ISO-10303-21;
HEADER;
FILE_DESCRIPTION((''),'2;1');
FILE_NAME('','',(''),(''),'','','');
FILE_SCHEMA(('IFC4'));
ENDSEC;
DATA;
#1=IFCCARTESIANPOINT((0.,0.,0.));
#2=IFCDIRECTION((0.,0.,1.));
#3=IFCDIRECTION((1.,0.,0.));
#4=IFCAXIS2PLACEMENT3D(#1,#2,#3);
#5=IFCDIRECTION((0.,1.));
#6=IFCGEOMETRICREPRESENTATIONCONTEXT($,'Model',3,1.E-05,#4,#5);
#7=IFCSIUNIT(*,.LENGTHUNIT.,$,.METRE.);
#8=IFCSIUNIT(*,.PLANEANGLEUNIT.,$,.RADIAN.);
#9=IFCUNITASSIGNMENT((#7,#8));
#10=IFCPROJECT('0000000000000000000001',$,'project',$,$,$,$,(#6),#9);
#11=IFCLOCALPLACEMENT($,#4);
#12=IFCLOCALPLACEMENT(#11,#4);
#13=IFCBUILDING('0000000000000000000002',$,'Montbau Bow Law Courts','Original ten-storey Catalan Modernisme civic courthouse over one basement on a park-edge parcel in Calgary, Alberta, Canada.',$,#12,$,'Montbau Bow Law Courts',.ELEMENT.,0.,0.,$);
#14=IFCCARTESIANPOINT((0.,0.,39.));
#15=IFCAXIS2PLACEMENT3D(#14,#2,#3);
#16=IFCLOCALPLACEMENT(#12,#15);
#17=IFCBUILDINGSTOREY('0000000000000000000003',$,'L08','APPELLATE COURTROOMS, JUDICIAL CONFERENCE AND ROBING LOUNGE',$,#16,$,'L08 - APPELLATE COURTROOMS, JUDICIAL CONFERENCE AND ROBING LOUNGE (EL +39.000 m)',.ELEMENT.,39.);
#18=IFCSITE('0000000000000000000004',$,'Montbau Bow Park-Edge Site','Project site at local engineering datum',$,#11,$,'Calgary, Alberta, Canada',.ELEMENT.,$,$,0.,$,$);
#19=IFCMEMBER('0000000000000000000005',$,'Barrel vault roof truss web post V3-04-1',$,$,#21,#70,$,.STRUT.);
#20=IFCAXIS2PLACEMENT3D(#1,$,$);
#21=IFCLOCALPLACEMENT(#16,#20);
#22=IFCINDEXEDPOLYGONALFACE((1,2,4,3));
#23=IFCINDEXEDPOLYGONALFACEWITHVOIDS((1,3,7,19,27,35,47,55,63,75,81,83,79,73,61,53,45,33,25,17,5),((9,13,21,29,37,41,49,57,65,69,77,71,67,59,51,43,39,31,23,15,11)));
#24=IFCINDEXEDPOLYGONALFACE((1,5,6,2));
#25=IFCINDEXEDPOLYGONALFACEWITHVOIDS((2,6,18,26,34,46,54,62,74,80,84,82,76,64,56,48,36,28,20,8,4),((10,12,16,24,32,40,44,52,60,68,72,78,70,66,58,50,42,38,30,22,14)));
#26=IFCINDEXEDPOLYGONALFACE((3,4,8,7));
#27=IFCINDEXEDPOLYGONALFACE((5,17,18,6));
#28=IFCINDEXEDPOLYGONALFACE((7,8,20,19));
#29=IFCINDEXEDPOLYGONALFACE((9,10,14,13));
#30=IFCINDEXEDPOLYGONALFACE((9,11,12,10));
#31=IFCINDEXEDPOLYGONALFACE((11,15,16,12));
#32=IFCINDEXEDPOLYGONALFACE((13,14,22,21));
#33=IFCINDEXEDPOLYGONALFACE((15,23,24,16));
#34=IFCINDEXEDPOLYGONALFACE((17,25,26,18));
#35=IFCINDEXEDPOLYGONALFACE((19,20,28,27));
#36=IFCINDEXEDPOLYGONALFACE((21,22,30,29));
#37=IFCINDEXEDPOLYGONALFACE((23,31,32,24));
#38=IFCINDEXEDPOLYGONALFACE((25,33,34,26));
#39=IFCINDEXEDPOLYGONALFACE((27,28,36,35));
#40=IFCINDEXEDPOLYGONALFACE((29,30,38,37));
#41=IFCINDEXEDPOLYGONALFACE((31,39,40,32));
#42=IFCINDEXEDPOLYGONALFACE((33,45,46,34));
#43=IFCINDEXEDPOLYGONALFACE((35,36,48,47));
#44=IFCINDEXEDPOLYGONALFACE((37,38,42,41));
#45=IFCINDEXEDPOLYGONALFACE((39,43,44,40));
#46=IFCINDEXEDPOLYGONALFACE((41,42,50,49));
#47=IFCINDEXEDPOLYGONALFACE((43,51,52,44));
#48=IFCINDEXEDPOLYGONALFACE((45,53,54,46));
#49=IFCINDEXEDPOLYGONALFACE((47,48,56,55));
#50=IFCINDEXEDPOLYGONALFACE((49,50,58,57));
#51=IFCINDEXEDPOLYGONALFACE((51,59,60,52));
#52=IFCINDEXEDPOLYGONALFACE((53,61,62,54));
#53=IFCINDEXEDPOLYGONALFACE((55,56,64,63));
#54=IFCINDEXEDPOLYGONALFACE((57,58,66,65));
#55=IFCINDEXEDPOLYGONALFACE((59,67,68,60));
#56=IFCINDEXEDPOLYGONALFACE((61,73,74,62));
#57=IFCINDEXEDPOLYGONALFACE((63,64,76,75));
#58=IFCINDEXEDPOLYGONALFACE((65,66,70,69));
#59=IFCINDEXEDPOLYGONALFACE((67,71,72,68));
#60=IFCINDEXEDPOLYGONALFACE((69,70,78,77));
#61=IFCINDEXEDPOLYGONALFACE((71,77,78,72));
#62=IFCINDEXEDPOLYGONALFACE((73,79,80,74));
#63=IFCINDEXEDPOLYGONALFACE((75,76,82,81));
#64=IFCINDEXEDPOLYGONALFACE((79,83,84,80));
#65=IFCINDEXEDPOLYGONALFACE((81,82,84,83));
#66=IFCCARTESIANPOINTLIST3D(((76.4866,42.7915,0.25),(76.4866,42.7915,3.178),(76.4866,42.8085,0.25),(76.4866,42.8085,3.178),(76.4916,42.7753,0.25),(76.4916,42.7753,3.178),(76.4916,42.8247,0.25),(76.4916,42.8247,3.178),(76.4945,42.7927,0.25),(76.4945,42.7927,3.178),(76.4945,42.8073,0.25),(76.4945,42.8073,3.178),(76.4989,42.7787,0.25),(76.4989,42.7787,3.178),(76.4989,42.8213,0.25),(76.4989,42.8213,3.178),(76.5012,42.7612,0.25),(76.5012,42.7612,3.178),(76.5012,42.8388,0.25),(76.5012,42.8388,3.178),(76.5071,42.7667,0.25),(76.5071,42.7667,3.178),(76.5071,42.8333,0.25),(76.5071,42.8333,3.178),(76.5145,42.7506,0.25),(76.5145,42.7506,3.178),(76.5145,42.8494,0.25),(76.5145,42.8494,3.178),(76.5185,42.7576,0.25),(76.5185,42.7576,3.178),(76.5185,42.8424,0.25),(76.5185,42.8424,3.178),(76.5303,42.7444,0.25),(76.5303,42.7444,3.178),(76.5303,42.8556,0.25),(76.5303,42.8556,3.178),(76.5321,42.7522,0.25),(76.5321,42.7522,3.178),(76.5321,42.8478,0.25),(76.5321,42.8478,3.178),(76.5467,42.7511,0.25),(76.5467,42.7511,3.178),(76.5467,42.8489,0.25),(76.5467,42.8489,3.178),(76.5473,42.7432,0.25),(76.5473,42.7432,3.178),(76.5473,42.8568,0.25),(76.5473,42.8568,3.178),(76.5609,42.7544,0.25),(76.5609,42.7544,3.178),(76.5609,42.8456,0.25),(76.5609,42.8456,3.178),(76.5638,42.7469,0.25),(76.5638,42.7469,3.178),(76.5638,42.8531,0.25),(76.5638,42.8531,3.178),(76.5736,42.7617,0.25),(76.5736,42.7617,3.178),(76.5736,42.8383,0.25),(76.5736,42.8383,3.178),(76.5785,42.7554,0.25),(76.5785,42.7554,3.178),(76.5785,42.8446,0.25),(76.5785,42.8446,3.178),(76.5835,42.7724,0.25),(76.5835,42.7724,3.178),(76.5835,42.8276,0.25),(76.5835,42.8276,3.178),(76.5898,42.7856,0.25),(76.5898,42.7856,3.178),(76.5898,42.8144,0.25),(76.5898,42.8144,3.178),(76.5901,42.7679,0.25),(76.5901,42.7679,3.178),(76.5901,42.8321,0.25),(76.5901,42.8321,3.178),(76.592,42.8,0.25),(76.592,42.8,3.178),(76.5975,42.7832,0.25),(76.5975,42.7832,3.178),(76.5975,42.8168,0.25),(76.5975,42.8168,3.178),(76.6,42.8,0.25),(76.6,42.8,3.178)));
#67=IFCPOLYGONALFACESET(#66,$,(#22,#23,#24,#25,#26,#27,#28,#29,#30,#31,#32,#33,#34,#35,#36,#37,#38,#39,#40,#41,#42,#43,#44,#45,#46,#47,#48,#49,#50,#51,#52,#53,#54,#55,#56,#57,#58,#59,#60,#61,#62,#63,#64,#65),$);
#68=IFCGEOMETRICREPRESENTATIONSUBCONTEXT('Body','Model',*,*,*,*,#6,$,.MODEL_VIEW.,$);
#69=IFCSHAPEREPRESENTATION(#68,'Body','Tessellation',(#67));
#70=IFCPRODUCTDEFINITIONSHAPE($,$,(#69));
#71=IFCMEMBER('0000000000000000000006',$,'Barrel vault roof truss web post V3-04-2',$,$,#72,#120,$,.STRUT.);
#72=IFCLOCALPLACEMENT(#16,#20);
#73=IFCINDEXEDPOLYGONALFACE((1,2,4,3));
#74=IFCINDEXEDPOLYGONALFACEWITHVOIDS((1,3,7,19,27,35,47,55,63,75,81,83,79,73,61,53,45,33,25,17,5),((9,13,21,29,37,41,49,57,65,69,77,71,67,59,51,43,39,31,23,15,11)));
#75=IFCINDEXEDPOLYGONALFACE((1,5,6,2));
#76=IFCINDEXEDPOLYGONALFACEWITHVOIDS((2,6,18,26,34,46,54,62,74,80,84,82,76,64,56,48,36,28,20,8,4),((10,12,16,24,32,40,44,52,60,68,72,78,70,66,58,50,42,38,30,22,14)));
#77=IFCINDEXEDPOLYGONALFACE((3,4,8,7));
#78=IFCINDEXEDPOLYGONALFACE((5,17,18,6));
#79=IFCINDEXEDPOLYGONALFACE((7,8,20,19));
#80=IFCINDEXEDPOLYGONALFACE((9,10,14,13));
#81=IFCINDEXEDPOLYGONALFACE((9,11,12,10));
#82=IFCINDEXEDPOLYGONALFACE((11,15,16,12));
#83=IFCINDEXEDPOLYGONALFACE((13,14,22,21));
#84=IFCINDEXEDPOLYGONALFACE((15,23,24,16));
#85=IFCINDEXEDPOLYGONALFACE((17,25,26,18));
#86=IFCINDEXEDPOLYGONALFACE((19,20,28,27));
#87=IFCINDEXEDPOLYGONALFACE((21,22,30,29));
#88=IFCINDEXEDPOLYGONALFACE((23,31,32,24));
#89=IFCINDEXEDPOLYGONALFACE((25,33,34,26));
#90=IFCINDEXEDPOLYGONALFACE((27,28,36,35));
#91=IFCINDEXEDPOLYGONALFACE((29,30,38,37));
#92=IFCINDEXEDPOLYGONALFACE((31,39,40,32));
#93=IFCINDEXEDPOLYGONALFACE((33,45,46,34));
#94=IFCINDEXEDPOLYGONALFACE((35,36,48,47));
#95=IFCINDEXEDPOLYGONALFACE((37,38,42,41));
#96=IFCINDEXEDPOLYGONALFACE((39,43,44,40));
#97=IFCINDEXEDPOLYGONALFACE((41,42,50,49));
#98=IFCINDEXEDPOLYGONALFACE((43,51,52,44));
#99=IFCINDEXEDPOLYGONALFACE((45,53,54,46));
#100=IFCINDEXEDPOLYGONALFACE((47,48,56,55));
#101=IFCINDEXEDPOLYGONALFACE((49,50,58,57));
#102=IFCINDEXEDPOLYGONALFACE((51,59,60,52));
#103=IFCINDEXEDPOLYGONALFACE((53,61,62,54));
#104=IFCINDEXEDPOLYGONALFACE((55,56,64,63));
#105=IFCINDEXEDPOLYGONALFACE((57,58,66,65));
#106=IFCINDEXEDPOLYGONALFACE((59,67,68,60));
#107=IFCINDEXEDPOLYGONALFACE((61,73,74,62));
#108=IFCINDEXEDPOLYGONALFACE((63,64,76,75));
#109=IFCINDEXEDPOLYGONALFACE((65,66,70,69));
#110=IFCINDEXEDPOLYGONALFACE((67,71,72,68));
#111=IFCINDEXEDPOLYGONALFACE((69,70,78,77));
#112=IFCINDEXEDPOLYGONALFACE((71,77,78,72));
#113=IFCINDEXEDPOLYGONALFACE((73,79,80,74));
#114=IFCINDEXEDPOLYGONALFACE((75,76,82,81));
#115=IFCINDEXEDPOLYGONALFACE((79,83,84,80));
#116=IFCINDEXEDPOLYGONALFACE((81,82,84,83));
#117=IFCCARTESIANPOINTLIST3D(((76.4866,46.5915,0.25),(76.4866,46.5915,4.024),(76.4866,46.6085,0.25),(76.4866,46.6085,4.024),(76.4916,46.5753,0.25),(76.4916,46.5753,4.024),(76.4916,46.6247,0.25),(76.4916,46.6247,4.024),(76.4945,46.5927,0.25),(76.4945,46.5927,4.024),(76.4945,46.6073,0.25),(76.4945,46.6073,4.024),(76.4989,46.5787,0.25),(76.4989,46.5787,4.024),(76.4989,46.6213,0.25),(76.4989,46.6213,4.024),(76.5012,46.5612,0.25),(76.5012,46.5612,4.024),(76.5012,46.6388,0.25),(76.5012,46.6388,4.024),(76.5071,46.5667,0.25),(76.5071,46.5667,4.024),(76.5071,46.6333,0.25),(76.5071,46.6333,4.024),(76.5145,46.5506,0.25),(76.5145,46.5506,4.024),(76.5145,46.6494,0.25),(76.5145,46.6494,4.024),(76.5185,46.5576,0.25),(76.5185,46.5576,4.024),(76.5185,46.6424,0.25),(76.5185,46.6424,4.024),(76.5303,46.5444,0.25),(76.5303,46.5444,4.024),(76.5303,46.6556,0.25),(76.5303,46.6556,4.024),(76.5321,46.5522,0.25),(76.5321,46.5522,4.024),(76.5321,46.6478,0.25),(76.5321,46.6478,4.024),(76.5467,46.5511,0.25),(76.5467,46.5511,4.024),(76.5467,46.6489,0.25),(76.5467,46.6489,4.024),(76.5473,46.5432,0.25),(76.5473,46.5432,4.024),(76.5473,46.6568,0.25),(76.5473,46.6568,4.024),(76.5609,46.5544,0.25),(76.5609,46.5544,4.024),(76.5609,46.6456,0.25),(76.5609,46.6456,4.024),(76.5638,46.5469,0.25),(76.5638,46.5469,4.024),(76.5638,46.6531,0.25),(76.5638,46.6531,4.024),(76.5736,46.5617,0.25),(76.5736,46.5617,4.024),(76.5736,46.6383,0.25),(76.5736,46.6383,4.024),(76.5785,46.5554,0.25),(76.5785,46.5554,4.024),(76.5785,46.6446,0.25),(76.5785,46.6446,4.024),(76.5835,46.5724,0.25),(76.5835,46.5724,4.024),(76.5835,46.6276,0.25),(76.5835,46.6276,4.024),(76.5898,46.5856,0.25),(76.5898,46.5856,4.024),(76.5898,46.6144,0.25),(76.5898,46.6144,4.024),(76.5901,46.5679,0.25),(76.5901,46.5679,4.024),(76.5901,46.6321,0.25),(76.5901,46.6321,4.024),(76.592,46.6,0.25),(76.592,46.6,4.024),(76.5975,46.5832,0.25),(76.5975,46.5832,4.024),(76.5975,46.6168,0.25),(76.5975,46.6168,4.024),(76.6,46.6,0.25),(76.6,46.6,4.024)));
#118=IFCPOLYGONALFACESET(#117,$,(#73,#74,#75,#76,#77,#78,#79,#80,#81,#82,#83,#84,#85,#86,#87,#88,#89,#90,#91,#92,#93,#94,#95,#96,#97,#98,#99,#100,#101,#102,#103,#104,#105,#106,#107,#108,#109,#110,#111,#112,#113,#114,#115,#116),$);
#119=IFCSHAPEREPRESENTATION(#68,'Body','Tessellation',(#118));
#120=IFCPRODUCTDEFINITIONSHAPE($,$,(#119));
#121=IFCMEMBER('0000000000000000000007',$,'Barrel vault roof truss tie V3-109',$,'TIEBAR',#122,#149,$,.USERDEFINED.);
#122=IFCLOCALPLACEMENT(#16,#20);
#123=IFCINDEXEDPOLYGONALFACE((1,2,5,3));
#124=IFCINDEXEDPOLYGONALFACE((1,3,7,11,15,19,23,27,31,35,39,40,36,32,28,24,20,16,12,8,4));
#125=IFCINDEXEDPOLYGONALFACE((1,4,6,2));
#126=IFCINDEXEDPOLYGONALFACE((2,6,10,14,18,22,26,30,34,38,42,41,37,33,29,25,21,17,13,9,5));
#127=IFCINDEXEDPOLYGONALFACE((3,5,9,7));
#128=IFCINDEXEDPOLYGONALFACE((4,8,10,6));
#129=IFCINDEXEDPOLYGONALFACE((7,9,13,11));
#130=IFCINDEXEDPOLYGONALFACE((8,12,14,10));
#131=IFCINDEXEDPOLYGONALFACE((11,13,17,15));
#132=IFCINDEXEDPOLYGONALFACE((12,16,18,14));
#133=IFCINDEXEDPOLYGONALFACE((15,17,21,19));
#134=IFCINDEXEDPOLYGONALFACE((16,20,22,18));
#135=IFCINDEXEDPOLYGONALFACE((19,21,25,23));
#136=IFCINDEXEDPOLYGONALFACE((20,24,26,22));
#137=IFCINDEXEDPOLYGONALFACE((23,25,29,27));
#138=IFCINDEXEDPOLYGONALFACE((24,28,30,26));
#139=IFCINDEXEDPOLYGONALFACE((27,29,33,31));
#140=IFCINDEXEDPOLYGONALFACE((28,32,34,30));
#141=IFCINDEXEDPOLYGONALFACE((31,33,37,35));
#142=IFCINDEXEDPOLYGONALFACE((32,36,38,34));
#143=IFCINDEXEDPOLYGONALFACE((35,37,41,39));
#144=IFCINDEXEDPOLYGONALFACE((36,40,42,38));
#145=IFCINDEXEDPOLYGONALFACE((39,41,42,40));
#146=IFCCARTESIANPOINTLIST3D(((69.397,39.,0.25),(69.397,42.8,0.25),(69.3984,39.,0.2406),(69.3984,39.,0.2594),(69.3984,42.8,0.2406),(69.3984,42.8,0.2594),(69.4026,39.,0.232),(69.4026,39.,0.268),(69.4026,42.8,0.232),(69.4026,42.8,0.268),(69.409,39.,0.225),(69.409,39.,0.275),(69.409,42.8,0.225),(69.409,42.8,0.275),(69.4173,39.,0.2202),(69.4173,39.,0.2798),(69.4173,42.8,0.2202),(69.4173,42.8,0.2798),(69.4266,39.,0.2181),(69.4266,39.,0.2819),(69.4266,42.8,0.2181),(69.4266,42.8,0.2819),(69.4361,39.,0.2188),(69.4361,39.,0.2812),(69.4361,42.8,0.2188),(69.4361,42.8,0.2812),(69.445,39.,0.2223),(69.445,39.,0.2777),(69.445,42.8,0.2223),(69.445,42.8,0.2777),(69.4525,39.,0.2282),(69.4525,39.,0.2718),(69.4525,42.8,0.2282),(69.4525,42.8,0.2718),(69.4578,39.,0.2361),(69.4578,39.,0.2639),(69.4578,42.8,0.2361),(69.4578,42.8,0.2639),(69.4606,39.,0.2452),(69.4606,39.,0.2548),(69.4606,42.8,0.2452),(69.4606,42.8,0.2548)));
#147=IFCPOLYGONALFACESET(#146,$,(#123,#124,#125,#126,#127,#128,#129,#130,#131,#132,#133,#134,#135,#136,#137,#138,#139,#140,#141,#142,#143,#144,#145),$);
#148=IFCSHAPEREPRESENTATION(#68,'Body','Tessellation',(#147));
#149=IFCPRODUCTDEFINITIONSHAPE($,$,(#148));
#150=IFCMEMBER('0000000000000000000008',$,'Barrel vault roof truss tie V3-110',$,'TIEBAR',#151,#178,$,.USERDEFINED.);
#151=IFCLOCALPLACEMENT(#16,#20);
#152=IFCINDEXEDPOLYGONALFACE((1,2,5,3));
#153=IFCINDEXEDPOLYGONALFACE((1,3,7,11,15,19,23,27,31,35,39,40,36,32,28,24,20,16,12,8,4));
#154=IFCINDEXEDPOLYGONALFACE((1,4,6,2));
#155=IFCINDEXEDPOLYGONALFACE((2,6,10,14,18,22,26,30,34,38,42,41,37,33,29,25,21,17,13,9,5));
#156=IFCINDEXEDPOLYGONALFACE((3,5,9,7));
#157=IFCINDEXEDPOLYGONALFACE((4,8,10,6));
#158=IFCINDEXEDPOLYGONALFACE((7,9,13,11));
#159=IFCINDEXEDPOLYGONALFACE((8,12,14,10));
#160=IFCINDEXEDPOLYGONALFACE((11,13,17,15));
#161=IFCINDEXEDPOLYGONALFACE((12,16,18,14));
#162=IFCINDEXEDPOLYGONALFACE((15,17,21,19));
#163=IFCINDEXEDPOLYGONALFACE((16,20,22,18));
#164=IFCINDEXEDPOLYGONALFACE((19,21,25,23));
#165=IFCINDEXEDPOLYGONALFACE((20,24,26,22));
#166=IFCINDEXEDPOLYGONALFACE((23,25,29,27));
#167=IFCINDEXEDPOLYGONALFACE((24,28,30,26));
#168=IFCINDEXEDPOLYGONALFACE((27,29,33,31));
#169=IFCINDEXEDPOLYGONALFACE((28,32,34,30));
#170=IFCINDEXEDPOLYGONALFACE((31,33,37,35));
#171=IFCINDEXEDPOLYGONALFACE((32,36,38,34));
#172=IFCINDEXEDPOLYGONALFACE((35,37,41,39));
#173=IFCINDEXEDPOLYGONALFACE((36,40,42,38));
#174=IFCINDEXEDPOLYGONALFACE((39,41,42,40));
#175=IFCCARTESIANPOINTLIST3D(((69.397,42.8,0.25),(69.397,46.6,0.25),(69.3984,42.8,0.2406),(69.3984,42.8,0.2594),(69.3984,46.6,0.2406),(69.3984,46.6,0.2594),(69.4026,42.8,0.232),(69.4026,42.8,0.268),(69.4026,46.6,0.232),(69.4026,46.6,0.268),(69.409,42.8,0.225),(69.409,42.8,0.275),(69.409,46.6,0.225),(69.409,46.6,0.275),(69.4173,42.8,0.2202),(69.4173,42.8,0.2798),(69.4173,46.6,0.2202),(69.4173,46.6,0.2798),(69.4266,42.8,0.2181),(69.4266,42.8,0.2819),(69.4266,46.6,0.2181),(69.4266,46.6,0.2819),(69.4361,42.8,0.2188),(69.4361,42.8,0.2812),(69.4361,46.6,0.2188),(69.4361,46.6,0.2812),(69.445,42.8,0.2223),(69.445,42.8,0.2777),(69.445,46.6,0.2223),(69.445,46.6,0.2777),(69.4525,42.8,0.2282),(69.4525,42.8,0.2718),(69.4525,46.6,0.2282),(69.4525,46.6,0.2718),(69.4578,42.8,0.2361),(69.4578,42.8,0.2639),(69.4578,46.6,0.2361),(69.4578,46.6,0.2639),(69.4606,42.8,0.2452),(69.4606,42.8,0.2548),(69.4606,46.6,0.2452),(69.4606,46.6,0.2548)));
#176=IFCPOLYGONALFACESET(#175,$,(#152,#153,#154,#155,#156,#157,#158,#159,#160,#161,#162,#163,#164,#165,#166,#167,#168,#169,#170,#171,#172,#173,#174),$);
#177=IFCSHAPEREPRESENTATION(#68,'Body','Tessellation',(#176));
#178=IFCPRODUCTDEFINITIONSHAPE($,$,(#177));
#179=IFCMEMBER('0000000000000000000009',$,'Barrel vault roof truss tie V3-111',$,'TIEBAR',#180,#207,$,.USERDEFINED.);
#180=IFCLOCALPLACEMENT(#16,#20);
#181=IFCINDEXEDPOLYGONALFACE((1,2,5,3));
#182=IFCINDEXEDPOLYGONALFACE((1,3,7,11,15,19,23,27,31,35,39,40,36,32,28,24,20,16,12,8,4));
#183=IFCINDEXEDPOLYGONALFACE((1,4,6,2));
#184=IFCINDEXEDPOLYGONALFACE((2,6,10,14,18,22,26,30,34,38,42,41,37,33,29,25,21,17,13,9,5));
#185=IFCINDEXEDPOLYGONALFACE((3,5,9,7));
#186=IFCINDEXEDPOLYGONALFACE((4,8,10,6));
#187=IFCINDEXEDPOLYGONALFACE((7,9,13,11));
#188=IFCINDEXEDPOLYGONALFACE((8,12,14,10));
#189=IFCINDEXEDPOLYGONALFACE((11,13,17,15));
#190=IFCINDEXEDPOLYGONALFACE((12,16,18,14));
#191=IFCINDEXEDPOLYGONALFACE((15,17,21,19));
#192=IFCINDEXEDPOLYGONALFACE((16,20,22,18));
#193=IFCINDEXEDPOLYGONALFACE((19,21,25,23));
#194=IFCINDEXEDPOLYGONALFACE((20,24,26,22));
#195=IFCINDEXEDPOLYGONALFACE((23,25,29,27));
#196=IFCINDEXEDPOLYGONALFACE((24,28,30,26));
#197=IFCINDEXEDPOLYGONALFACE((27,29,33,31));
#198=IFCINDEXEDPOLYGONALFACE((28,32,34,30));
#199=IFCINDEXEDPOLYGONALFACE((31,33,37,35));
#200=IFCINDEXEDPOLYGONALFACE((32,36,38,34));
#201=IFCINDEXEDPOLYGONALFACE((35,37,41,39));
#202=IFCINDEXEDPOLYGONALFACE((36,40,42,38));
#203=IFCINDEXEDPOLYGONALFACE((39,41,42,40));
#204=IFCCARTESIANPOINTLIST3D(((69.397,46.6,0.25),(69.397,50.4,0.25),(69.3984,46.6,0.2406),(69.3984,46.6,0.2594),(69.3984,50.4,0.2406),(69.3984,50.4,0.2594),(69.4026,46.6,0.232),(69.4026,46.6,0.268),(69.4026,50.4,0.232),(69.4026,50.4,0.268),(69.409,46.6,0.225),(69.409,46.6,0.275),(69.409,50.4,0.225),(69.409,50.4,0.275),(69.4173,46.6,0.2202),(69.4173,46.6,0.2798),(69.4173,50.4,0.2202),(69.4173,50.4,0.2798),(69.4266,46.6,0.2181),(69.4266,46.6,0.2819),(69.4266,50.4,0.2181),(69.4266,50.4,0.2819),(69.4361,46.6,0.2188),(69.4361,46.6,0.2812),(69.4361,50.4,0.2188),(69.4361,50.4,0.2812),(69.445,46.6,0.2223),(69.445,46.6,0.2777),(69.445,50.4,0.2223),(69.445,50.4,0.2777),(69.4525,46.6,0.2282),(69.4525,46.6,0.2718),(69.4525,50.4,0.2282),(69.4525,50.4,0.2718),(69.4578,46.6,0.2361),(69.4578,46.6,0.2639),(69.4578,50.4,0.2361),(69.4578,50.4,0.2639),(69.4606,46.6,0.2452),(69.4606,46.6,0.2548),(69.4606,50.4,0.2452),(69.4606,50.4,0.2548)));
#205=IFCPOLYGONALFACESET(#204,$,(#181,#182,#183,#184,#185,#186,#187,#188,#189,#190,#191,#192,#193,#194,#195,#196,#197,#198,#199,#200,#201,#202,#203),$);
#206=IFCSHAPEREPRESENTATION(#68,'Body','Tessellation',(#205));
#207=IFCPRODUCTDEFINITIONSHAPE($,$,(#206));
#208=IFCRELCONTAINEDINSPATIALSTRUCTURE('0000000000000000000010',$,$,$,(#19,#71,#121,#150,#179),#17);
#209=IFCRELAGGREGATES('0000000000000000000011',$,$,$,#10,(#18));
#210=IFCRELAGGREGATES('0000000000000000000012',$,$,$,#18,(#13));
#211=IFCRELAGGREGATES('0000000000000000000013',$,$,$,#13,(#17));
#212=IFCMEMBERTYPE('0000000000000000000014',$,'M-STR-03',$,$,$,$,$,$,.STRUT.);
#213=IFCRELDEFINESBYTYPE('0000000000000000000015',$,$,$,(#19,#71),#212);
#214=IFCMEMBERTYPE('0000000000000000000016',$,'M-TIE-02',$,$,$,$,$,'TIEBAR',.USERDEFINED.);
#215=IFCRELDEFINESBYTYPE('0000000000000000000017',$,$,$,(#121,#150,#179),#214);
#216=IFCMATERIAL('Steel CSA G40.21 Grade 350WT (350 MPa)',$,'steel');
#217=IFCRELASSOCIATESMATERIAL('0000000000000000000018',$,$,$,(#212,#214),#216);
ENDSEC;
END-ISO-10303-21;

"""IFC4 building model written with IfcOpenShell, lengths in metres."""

from ifc_helpers import new_model, si_unit, direction, frame, origin_with_axes, origin_2d_with_axis, place, context, subcontext, project, spatial, circle, hollow_circle, extrude, material, material_profile, profile_set, type_object, element, save


model = new_model("IFC4")

# Units and contexts
model_context = context("Model", 3, precision=1e-05, world=origin_with_axes(), true_north=direction((0.0, 1.0)))
body_context = subcontext(model_context, "Body", "Model", "MODEL_VIEW")
ifc_project = project(units=[si_unit("LENGTHUNIT", "METRE"), si_unit("PLANEANGLEUNIT", "RADIAN")], contexts=[model_context])

# Site, building, storey
site_placement = place(None, origin_with_axes())
site = spatial("IfcSite", under=ifc_project, at=site_placement, Name="Montbau Bow Park-Edge Site", Description="Project site at local engineering datum", LongName="Calgary, Alberta, Canada", CompositionType="ELEMENT", RefElevation=0.0)
building_placement = place(site_placement, origin_with_axes())
building = spatial("IfcBuilding", under=site, at=building_placement, Name="Montbau Bow Law Courts", Description="Original ten-storey Catalan Modernisme civic courthouse over one basement on a park-edge parcel in Calgary, Alberta, Canada.", LongName="Montbau Bow Law Courts", CompositionType="ELEMENT", ElevationOfRefHeight=0.0, ElevationOfTerrain=0.0)
storey_placement = place(building_placement, frame((0.0, 0.0, 39.0), z_axis=(0.0, 0.0, 1.0), x_axis=(1.0, 0.0, 0.0)))
storey = spatial("IfcBuildingStorey", under=building, at=storey_placement, Name="L08", Description="APPELLATE COURTROOMS, JUDICIAL CONFERENCE AND ROBING LOUNGE", LongName="L08 - APPELLATE COURTROOMS, JUDICIAL CONFERENCE AND ROBING LOUNGE (EL +39.000 m)", CompositionType="ELEMENT", Elevation=39.0)

# Shared definitions
ifc_material_1 = material(Name="Steel CSA G40.21 Grade 350WT (350 MPa)", Category="steel")

# Members
ifc_material_profile_1 = material_profile(ifc_material_1, hollow_circle(Radius=0.057, WallThickness=0.008, at=origin_2d_with_axis()), Name="HSS114X8.0", Category="Main", Priority=0)
ifc_profile_set_1 = profile_set([ifc_material_profile_1], Name="Steel CSA G40.21 Grade 350WT (350 MPa)")
member_type_1 = type_object("IfcMemberType", Name="M-STR-03", PredefinedType="STRUT", material=ifc_profile_set_1)
member_1_placement = place(None, frame((76.543, 42.8, 39.25), z_axis=(0.0, 0.0, 1.0), x_axis=(1.0, 0.0, 0.0)))
element("IfcMember", 1, at=member_1_placement, inside=storey, type_object=member_type_1, Name="Barrel vault roof truss web post V3-04-1", PredefinedType="STRUT", context=body_context, shape_type="SweptSolid", body=[
    extrude(hollow_circle(Radius=0.057, WallThickness=0.008, at=origin_2d_with_axis()), origin_with_axes(), (0.0, 0.0, 1.0), 2.928),
])
member_2_placement = place(None, frame((76.543, 46.6, 39.25), z_axis=(0.0, 0.0, 1.0), x_axis=(1.0, 0.0, 0.0)))
element("IfcMember", 2, at=member_2_placement, inside=storey, type_object=member_type_1, Name="Barrel vault roof truss web post V3-04-2", PredefinedType="STRUT", context=body_context, shape_type="SweptSolid", body=[
    extrude(hollow_circle(Radius=0.057, WallThickness=0.008, at=origin_2d_with_axis()), origin_with_axes(), (0.0, 0.0, 1.0), 3.774),
])
ifc_material_profile_2 = material_profile(ifc_material_1, circle(Radius=0.032, at=origin_2d_with_axis()), Name="ROD64", Category="Main", Priority=0)
ifc_profile_set_2 = profile_set([ifc_material_profile_2], Name="Steel CSA G40.21 Grade 350WT (350 MPa)")
member_type_2 = type_object("IfcMemberType", Name="M-TIE-02", ElementType="TIEBAR", PredefinedType="USERDEFINED", material=ifc_profile_set_2)
for number, where, z_axis, x_axis, name in (
    (3, (69.429, 39.0, 39.25), (0.0, 1.0, 0.0), (-1.0, 0.0, 0.0), "Barrel vault roof truss tie V3-109"),
    (4, (69.429, 42.8, 39.25), (0.0, 1.0, 0.0), (-1.0, 0.0, 0.0), "Barrel vault roof truss tie V3-110"),
    (5, (69.429, 46.6, 39.25), (0.0, 1.0, 0.0), (-1.0, 0.0, 0.0), "Barrel vault roof truss tie V3-111"),
):
    element("IfcMember", number, at=place(None, frame(where, z_axis=z_axis, x_axis=x_axis)), inside=storey, type_object=member_type_2, Name=name, ObjectType="TIEBAR", PredefinedType="USERDEFINED", context=body_context, shape_type="SweptSolid", body=[
        extrude(circle(Radius=0.032, at=origin_2d_with_axis()), origin_with_axes(), (0.0, 0.0, 1.0), 3.8),
    ])

save(model, "model.ifc")
